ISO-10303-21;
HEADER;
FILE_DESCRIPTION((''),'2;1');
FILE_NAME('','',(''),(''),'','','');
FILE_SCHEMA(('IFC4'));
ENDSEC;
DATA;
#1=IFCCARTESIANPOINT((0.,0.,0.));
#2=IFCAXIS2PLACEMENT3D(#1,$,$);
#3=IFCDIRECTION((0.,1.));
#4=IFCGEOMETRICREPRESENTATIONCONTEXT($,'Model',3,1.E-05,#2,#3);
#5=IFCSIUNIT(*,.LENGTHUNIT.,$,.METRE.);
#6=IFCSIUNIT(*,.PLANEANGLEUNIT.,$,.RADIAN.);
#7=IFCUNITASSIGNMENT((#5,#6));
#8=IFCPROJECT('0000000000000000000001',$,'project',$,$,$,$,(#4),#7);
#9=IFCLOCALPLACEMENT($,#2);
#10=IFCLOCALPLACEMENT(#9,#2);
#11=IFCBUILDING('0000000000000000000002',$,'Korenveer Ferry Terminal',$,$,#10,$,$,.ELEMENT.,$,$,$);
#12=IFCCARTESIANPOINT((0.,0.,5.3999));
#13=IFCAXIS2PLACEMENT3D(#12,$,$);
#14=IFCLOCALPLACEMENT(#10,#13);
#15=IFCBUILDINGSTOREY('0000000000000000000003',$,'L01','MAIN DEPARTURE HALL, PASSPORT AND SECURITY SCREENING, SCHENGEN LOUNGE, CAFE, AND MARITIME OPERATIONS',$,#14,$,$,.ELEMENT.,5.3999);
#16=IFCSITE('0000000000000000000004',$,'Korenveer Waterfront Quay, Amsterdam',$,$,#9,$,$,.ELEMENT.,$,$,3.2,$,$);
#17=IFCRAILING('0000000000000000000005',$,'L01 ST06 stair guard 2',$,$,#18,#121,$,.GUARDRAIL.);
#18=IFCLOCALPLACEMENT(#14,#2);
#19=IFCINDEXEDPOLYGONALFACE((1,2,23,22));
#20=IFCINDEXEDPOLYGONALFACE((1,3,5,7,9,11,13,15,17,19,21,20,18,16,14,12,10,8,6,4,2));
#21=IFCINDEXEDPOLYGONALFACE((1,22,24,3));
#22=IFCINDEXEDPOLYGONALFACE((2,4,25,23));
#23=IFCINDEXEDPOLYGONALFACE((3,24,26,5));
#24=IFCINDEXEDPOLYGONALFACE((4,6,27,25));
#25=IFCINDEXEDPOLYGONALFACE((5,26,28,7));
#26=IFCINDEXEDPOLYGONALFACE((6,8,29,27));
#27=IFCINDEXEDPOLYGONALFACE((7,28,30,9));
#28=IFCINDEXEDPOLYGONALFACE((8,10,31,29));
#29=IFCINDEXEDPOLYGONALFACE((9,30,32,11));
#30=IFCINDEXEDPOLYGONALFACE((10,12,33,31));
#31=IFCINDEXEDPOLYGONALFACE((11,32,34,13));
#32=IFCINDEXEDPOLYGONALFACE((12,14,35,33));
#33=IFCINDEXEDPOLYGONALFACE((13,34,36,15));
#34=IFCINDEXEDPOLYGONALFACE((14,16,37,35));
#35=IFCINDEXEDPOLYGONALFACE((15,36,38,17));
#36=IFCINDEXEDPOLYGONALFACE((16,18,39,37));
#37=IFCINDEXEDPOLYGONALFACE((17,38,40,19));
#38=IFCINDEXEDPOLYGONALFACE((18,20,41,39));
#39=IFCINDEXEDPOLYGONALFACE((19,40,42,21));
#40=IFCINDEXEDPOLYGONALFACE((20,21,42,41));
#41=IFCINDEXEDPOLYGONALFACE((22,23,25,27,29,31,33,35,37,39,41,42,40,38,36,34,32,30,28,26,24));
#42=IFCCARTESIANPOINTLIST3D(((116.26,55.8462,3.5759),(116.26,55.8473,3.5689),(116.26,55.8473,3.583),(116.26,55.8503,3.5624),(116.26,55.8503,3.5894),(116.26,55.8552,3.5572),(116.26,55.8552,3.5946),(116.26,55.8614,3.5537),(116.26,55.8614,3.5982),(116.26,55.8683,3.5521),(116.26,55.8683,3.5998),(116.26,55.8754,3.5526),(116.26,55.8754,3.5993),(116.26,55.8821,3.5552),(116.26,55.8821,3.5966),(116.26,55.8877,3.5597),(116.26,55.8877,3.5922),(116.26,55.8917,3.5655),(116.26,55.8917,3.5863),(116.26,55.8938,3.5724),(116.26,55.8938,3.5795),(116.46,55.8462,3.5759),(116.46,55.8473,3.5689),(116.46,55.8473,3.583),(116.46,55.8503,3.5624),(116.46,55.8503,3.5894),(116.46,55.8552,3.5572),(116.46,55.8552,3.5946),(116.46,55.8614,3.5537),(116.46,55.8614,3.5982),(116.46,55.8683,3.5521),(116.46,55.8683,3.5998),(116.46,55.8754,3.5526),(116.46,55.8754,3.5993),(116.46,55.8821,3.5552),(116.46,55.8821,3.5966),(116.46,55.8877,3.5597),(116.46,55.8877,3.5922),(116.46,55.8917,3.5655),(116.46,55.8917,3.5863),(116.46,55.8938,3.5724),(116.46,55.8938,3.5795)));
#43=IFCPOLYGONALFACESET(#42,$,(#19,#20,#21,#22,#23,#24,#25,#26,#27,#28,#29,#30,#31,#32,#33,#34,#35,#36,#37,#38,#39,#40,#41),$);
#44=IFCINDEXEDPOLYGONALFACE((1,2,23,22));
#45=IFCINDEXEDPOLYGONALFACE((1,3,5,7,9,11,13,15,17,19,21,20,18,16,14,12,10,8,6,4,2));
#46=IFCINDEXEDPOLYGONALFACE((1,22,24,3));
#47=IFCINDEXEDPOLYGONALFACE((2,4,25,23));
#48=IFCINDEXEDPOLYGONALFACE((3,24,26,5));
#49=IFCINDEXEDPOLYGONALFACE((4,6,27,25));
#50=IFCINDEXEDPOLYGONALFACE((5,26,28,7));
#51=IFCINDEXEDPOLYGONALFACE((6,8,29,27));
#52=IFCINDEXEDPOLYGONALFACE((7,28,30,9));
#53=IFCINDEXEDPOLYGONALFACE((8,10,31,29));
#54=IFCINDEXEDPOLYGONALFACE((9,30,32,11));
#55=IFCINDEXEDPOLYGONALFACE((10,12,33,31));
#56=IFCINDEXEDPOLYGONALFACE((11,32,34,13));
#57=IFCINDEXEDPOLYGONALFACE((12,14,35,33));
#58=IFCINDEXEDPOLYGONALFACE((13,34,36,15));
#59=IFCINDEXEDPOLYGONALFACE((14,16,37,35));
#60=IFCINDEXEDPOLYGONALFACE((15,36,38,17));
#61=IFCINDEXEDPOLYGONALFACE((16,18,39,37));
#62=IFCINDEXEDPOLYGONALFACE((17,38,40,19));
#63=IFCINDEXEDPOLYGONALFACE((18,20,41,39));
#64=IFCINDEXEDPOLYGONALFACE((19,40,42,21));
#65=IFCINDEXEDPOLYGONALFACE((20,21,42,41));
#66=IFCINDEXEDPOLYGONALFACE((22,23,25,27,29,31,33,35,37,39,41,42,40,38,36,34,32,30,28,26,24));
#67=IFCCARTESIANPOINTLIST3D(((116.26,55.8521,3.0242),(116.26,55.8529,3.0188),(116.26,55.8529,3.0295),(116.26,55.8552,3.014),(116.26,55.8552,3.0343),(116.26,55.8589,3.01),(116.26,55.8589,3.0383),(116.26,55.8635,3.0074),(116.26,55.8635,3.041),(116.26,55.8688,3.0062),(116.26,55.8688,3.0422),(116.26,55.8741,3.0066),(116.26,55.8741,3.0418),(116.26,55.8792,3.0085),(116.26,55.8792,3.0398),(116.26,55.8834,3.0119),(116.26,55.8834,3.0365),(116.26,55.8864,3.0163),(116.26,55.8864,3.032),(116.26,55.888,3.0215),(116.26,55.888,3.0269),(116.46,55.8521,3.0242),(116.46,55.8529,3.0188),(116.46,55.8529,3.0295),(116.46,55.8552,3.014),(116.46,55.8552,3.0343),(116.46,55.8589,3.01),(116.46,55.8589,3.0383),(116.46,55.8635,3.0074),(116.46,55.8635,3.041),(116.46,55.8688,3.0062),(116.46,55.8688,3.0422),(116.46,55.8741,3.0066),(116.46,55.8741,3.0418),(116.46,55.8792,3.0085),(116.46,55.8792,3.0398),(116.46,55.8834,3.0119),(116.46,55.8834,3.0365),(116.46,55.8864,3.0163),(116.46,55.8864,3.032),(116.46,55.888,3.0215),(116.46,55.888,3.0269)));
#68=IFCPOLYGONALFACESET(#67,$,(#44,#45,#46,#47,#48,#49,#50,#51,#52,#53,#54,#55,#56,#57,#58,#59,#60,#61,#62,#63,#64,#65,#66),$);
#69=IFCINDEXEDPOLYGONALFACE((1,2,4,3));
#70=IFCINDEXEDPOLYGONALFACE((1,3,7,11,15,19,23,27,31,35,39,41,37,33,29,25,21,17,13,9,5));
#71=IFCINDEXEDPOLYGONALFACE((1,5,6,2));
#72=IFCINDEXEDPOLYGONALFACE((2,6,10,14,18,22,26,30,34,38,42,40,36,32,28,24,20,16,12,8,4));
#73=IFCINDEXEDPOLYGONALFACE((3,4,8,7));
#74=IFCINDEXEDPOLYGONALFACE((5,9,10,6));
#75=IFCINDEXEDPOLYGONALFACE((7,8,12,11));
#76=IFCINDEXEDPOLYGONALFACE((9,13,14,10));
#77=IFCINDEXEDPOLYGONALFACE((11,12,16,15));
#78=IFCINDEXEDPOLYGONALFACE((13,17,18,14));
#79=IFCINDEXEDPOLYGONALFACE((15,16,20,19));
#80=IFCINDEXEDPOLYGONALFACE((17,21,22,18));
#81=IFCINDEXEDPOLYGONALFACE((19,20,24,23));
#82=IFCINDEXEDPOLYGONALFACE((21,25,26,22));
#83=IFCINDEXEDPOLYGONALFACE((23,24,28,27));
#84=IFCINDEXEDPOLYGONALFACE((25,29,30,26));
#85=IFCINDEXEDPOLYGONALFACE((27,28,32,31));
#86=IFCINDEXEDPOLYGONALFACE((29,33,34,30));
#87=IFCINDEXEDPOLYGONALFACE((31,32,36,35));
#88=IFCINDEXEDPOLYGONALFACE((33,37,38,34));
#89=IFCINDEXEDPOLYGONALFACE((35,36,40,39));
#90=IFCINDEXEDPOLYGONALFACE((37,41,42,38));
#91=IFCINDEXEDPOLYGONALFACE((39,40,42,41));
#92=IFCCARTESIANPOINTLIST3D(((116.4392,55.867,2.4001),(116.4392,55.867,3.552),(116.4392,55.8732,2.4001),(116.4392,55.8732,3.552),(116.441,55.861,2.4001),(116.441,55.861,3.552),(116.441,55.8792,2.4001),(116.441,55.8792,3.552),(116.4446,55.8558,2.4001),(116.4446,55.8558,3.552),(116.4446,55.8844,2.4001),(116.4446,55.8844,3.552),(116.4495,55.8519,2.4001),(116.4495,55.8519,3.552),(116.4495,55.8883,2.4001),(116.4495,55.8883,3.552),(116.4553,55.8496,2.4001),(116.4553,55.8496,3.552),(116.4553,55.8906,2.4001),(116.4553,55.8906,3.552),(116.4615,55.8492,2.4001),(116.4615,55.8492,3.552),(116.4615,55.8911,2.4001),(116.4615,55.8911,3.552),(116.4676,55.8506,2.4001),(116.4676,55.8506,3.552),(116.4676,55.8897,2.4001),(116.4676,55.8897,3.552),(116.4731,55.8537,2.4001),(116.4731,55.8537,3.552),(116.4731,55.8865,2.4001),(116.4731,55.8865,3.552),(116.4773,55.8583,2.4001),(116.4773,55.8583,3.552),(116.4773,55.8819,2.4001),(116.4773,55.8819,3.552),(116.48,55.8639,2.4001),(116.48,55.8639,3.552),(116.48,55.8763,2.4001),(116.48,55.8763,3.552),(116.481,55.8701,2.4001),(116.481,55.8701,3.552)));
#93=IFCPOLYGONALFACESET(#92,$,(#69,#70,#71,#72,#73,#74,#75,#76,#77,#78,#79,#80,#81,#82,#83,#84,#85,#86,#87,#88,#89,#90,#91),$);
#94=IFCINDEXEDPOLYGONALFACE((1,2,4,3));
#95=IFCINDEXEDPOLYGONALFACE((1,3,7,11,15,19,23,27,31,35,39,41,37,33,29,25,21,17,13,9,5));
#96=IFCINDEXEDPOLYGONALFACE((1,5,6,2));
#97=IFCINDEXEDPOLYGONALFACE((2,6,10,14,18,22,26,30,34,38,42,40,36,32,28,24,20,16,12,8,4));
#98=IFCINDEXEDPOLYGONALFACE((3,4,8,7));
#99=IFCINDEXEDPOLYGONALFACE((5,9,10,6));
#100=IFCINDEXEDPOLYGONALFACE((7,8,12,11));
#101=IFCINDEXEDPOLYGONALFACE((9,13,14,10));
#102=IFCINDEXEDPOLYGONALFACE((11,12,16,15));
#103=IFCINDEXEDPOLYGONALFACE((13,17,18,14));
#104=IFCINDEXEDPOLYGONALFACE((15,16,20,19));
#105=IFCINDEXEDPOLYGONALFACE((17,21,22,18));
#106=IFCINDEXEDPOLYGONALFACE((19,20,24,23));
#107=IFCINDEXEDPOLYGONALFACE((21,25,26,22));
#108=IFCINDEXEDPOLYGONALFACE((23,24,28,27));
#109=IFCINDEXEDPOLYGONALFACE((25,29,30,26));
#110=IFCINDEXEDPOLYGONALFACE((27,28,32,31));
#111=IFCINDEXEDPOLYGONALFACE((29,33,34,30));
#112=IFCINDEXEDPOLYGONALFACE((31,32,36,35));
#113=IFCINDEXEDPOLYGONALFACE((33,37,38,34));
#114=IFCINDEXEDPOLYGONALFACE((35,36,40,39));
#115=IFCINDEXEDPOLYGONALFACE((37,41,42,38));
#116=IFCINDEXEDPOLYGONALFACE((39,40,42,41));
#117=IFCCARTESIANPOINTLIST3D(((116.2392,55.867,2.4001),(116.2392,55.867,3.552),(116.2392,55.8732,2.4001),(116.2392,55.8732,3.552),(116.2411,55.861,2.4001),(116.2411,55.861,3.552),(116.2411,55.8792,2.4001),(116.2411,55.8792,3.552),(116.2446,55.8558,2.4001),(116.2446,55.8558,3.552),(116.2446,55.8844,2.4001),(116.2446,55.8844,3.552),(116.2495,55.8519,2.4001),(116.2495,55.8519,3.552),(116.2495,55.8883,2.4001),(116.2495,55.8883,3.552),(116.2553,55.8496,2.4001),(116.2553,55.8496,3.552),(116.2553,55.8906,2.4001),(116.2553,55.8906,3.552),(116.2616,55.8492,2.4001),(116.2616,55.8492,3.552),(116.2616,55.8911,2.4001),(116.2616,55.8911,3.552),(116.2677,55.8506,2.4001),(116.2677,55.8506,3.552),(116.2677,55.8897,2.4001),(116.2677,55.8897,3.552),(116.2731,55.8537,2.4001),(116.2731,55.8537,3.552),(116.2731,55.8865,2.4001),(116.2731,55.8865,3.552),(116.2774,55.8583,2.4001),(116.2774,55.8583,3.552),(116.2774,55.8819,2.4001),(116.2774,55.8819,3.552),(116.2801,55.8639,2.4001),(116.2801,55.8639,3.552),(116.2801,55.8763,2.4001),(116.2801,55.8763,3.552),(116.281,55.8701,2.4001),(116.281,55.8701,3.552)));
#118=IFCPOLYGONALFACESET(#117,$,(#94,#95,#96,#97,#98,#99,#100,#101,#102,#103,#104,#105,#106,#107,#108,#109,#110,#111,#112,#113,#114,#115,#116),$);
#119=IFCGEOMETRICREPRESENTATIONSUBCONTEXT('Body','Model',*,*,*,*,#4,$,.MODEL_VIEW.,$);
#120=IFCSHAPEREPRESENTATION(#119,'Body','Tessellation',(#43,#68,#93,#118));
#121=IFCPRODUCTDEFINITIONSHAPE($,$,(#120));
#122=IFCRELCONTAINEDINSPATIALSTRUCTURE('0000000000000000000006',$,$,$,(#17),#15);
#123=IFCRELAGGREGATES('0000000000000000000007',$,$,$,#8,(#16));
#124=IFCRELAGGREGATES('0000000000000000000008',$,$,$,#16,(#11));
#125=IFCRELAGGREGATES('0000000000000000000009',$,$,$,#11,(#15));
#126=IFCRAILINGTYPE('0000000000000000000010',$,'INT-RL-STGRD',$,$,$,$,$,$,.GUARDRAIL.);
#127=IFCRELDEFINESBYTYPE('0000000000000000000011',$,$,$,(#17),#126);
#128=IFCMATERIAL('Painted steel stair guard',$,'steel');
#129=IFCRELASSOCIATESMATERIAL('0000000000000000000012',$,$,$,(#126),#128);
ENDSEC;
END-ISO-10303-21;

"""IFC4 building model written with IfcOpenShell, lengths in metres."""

from ifc_helpers import new_model, si_unit, direction, frame, origin, origin_2d, place, context, subcontext, project, spatial, circle, extrude, material, type_object, element, save


model = new_model("IFC4")

# Units and contexts
model_context = context("Model", 3, precision=1e-05, world=origin(), true_north=direction((0.0, 1.0)))
body_context = subcontext(model_context, "Body", "Model", "MODEL_VIEW")
ifc_project = project(units=[si_unit("LENGTHUNIT", "METRE"), si_unit("PLANEANGLEUNIT", "RADIAN")], contexts=[model_context])

# Site, building, storey
site_placement = place(None, origin())
site = spatial("IfcSite", under=ifc_project, at=site_placement, Name="Korenveer Waterfront Quay, Amsterdam", CompositionType="ELEMENT", RefElevation=3.2)
building_placement = place(site_placement, origin())
building = spatial("IfcBuilding", under=site, at=building_placement, Name="Korenveer Ferry Terminal", CompositionType="ELEMENT")
storey_placement = place(building_placement, frame((0.0, 0.0, 5.3999)))
storey = spatial("IfcBuildingStorey", under=building, at=storey_placement, Name="L01", Description="MAIN DEPARTURE HALL, PASSPORT AND SECURITY SCREENING, SCHENGEN LOUNGE, CAFE, AND MARITIME OPERATIONS", CompositionType="ELEMENT", Elevation=5.3999)

# Railing
ifc_material_1 = material(Name="Painted steel stair guard", Category="steel")
railing_type_1 = type_object("IfcRailingType", Name="INT-RL-STGRD", PredefinedType="GUARDRAIL", material=ifc_material_1)
railing_1_placement = place(storey_placement, frame((116.46, 55.8701, 2.4001)))
element("IfcRailing", 1, at=railing_1_placement, inside=storey, type_object=railing_type_1, Name="L01 ST06 stair guard 2", PredefinedType="GUARDRAIL", context=body_context, shape_type="SweptSolid", body=[
    extrude(circle(Radius=0.0239, at=origin_2d()), frame((0.0, 0.0, 1.1758), z_axis=(-1.0, 0.0, 0.0), x_axis=(0.0, -1.0, 0.0)), (0.0, 0.0, 1.0), 0.2),
    extrude(circle(Radius=0.0181, at=origin_2d()), frame((0.0, 0.0, 0.624), z_axis=(-1.0, 0.0, 0.0), x_axis=(0.0, -1.0, 0.0)), (0.0, 0.0, 1.0), 0.2),
    extrude(circle(Radius=0.021, at=origin_2d()), origin(), (0.0, 0.0, 1.0), 1.1519),
    extrude(circle(Radius=0.021, at=origin_2d()), frame((-0.2, 0.0, 0.0)), (0.0, 0.0, 1.0), 1.1519),
])

save(model, "model.ifc")
